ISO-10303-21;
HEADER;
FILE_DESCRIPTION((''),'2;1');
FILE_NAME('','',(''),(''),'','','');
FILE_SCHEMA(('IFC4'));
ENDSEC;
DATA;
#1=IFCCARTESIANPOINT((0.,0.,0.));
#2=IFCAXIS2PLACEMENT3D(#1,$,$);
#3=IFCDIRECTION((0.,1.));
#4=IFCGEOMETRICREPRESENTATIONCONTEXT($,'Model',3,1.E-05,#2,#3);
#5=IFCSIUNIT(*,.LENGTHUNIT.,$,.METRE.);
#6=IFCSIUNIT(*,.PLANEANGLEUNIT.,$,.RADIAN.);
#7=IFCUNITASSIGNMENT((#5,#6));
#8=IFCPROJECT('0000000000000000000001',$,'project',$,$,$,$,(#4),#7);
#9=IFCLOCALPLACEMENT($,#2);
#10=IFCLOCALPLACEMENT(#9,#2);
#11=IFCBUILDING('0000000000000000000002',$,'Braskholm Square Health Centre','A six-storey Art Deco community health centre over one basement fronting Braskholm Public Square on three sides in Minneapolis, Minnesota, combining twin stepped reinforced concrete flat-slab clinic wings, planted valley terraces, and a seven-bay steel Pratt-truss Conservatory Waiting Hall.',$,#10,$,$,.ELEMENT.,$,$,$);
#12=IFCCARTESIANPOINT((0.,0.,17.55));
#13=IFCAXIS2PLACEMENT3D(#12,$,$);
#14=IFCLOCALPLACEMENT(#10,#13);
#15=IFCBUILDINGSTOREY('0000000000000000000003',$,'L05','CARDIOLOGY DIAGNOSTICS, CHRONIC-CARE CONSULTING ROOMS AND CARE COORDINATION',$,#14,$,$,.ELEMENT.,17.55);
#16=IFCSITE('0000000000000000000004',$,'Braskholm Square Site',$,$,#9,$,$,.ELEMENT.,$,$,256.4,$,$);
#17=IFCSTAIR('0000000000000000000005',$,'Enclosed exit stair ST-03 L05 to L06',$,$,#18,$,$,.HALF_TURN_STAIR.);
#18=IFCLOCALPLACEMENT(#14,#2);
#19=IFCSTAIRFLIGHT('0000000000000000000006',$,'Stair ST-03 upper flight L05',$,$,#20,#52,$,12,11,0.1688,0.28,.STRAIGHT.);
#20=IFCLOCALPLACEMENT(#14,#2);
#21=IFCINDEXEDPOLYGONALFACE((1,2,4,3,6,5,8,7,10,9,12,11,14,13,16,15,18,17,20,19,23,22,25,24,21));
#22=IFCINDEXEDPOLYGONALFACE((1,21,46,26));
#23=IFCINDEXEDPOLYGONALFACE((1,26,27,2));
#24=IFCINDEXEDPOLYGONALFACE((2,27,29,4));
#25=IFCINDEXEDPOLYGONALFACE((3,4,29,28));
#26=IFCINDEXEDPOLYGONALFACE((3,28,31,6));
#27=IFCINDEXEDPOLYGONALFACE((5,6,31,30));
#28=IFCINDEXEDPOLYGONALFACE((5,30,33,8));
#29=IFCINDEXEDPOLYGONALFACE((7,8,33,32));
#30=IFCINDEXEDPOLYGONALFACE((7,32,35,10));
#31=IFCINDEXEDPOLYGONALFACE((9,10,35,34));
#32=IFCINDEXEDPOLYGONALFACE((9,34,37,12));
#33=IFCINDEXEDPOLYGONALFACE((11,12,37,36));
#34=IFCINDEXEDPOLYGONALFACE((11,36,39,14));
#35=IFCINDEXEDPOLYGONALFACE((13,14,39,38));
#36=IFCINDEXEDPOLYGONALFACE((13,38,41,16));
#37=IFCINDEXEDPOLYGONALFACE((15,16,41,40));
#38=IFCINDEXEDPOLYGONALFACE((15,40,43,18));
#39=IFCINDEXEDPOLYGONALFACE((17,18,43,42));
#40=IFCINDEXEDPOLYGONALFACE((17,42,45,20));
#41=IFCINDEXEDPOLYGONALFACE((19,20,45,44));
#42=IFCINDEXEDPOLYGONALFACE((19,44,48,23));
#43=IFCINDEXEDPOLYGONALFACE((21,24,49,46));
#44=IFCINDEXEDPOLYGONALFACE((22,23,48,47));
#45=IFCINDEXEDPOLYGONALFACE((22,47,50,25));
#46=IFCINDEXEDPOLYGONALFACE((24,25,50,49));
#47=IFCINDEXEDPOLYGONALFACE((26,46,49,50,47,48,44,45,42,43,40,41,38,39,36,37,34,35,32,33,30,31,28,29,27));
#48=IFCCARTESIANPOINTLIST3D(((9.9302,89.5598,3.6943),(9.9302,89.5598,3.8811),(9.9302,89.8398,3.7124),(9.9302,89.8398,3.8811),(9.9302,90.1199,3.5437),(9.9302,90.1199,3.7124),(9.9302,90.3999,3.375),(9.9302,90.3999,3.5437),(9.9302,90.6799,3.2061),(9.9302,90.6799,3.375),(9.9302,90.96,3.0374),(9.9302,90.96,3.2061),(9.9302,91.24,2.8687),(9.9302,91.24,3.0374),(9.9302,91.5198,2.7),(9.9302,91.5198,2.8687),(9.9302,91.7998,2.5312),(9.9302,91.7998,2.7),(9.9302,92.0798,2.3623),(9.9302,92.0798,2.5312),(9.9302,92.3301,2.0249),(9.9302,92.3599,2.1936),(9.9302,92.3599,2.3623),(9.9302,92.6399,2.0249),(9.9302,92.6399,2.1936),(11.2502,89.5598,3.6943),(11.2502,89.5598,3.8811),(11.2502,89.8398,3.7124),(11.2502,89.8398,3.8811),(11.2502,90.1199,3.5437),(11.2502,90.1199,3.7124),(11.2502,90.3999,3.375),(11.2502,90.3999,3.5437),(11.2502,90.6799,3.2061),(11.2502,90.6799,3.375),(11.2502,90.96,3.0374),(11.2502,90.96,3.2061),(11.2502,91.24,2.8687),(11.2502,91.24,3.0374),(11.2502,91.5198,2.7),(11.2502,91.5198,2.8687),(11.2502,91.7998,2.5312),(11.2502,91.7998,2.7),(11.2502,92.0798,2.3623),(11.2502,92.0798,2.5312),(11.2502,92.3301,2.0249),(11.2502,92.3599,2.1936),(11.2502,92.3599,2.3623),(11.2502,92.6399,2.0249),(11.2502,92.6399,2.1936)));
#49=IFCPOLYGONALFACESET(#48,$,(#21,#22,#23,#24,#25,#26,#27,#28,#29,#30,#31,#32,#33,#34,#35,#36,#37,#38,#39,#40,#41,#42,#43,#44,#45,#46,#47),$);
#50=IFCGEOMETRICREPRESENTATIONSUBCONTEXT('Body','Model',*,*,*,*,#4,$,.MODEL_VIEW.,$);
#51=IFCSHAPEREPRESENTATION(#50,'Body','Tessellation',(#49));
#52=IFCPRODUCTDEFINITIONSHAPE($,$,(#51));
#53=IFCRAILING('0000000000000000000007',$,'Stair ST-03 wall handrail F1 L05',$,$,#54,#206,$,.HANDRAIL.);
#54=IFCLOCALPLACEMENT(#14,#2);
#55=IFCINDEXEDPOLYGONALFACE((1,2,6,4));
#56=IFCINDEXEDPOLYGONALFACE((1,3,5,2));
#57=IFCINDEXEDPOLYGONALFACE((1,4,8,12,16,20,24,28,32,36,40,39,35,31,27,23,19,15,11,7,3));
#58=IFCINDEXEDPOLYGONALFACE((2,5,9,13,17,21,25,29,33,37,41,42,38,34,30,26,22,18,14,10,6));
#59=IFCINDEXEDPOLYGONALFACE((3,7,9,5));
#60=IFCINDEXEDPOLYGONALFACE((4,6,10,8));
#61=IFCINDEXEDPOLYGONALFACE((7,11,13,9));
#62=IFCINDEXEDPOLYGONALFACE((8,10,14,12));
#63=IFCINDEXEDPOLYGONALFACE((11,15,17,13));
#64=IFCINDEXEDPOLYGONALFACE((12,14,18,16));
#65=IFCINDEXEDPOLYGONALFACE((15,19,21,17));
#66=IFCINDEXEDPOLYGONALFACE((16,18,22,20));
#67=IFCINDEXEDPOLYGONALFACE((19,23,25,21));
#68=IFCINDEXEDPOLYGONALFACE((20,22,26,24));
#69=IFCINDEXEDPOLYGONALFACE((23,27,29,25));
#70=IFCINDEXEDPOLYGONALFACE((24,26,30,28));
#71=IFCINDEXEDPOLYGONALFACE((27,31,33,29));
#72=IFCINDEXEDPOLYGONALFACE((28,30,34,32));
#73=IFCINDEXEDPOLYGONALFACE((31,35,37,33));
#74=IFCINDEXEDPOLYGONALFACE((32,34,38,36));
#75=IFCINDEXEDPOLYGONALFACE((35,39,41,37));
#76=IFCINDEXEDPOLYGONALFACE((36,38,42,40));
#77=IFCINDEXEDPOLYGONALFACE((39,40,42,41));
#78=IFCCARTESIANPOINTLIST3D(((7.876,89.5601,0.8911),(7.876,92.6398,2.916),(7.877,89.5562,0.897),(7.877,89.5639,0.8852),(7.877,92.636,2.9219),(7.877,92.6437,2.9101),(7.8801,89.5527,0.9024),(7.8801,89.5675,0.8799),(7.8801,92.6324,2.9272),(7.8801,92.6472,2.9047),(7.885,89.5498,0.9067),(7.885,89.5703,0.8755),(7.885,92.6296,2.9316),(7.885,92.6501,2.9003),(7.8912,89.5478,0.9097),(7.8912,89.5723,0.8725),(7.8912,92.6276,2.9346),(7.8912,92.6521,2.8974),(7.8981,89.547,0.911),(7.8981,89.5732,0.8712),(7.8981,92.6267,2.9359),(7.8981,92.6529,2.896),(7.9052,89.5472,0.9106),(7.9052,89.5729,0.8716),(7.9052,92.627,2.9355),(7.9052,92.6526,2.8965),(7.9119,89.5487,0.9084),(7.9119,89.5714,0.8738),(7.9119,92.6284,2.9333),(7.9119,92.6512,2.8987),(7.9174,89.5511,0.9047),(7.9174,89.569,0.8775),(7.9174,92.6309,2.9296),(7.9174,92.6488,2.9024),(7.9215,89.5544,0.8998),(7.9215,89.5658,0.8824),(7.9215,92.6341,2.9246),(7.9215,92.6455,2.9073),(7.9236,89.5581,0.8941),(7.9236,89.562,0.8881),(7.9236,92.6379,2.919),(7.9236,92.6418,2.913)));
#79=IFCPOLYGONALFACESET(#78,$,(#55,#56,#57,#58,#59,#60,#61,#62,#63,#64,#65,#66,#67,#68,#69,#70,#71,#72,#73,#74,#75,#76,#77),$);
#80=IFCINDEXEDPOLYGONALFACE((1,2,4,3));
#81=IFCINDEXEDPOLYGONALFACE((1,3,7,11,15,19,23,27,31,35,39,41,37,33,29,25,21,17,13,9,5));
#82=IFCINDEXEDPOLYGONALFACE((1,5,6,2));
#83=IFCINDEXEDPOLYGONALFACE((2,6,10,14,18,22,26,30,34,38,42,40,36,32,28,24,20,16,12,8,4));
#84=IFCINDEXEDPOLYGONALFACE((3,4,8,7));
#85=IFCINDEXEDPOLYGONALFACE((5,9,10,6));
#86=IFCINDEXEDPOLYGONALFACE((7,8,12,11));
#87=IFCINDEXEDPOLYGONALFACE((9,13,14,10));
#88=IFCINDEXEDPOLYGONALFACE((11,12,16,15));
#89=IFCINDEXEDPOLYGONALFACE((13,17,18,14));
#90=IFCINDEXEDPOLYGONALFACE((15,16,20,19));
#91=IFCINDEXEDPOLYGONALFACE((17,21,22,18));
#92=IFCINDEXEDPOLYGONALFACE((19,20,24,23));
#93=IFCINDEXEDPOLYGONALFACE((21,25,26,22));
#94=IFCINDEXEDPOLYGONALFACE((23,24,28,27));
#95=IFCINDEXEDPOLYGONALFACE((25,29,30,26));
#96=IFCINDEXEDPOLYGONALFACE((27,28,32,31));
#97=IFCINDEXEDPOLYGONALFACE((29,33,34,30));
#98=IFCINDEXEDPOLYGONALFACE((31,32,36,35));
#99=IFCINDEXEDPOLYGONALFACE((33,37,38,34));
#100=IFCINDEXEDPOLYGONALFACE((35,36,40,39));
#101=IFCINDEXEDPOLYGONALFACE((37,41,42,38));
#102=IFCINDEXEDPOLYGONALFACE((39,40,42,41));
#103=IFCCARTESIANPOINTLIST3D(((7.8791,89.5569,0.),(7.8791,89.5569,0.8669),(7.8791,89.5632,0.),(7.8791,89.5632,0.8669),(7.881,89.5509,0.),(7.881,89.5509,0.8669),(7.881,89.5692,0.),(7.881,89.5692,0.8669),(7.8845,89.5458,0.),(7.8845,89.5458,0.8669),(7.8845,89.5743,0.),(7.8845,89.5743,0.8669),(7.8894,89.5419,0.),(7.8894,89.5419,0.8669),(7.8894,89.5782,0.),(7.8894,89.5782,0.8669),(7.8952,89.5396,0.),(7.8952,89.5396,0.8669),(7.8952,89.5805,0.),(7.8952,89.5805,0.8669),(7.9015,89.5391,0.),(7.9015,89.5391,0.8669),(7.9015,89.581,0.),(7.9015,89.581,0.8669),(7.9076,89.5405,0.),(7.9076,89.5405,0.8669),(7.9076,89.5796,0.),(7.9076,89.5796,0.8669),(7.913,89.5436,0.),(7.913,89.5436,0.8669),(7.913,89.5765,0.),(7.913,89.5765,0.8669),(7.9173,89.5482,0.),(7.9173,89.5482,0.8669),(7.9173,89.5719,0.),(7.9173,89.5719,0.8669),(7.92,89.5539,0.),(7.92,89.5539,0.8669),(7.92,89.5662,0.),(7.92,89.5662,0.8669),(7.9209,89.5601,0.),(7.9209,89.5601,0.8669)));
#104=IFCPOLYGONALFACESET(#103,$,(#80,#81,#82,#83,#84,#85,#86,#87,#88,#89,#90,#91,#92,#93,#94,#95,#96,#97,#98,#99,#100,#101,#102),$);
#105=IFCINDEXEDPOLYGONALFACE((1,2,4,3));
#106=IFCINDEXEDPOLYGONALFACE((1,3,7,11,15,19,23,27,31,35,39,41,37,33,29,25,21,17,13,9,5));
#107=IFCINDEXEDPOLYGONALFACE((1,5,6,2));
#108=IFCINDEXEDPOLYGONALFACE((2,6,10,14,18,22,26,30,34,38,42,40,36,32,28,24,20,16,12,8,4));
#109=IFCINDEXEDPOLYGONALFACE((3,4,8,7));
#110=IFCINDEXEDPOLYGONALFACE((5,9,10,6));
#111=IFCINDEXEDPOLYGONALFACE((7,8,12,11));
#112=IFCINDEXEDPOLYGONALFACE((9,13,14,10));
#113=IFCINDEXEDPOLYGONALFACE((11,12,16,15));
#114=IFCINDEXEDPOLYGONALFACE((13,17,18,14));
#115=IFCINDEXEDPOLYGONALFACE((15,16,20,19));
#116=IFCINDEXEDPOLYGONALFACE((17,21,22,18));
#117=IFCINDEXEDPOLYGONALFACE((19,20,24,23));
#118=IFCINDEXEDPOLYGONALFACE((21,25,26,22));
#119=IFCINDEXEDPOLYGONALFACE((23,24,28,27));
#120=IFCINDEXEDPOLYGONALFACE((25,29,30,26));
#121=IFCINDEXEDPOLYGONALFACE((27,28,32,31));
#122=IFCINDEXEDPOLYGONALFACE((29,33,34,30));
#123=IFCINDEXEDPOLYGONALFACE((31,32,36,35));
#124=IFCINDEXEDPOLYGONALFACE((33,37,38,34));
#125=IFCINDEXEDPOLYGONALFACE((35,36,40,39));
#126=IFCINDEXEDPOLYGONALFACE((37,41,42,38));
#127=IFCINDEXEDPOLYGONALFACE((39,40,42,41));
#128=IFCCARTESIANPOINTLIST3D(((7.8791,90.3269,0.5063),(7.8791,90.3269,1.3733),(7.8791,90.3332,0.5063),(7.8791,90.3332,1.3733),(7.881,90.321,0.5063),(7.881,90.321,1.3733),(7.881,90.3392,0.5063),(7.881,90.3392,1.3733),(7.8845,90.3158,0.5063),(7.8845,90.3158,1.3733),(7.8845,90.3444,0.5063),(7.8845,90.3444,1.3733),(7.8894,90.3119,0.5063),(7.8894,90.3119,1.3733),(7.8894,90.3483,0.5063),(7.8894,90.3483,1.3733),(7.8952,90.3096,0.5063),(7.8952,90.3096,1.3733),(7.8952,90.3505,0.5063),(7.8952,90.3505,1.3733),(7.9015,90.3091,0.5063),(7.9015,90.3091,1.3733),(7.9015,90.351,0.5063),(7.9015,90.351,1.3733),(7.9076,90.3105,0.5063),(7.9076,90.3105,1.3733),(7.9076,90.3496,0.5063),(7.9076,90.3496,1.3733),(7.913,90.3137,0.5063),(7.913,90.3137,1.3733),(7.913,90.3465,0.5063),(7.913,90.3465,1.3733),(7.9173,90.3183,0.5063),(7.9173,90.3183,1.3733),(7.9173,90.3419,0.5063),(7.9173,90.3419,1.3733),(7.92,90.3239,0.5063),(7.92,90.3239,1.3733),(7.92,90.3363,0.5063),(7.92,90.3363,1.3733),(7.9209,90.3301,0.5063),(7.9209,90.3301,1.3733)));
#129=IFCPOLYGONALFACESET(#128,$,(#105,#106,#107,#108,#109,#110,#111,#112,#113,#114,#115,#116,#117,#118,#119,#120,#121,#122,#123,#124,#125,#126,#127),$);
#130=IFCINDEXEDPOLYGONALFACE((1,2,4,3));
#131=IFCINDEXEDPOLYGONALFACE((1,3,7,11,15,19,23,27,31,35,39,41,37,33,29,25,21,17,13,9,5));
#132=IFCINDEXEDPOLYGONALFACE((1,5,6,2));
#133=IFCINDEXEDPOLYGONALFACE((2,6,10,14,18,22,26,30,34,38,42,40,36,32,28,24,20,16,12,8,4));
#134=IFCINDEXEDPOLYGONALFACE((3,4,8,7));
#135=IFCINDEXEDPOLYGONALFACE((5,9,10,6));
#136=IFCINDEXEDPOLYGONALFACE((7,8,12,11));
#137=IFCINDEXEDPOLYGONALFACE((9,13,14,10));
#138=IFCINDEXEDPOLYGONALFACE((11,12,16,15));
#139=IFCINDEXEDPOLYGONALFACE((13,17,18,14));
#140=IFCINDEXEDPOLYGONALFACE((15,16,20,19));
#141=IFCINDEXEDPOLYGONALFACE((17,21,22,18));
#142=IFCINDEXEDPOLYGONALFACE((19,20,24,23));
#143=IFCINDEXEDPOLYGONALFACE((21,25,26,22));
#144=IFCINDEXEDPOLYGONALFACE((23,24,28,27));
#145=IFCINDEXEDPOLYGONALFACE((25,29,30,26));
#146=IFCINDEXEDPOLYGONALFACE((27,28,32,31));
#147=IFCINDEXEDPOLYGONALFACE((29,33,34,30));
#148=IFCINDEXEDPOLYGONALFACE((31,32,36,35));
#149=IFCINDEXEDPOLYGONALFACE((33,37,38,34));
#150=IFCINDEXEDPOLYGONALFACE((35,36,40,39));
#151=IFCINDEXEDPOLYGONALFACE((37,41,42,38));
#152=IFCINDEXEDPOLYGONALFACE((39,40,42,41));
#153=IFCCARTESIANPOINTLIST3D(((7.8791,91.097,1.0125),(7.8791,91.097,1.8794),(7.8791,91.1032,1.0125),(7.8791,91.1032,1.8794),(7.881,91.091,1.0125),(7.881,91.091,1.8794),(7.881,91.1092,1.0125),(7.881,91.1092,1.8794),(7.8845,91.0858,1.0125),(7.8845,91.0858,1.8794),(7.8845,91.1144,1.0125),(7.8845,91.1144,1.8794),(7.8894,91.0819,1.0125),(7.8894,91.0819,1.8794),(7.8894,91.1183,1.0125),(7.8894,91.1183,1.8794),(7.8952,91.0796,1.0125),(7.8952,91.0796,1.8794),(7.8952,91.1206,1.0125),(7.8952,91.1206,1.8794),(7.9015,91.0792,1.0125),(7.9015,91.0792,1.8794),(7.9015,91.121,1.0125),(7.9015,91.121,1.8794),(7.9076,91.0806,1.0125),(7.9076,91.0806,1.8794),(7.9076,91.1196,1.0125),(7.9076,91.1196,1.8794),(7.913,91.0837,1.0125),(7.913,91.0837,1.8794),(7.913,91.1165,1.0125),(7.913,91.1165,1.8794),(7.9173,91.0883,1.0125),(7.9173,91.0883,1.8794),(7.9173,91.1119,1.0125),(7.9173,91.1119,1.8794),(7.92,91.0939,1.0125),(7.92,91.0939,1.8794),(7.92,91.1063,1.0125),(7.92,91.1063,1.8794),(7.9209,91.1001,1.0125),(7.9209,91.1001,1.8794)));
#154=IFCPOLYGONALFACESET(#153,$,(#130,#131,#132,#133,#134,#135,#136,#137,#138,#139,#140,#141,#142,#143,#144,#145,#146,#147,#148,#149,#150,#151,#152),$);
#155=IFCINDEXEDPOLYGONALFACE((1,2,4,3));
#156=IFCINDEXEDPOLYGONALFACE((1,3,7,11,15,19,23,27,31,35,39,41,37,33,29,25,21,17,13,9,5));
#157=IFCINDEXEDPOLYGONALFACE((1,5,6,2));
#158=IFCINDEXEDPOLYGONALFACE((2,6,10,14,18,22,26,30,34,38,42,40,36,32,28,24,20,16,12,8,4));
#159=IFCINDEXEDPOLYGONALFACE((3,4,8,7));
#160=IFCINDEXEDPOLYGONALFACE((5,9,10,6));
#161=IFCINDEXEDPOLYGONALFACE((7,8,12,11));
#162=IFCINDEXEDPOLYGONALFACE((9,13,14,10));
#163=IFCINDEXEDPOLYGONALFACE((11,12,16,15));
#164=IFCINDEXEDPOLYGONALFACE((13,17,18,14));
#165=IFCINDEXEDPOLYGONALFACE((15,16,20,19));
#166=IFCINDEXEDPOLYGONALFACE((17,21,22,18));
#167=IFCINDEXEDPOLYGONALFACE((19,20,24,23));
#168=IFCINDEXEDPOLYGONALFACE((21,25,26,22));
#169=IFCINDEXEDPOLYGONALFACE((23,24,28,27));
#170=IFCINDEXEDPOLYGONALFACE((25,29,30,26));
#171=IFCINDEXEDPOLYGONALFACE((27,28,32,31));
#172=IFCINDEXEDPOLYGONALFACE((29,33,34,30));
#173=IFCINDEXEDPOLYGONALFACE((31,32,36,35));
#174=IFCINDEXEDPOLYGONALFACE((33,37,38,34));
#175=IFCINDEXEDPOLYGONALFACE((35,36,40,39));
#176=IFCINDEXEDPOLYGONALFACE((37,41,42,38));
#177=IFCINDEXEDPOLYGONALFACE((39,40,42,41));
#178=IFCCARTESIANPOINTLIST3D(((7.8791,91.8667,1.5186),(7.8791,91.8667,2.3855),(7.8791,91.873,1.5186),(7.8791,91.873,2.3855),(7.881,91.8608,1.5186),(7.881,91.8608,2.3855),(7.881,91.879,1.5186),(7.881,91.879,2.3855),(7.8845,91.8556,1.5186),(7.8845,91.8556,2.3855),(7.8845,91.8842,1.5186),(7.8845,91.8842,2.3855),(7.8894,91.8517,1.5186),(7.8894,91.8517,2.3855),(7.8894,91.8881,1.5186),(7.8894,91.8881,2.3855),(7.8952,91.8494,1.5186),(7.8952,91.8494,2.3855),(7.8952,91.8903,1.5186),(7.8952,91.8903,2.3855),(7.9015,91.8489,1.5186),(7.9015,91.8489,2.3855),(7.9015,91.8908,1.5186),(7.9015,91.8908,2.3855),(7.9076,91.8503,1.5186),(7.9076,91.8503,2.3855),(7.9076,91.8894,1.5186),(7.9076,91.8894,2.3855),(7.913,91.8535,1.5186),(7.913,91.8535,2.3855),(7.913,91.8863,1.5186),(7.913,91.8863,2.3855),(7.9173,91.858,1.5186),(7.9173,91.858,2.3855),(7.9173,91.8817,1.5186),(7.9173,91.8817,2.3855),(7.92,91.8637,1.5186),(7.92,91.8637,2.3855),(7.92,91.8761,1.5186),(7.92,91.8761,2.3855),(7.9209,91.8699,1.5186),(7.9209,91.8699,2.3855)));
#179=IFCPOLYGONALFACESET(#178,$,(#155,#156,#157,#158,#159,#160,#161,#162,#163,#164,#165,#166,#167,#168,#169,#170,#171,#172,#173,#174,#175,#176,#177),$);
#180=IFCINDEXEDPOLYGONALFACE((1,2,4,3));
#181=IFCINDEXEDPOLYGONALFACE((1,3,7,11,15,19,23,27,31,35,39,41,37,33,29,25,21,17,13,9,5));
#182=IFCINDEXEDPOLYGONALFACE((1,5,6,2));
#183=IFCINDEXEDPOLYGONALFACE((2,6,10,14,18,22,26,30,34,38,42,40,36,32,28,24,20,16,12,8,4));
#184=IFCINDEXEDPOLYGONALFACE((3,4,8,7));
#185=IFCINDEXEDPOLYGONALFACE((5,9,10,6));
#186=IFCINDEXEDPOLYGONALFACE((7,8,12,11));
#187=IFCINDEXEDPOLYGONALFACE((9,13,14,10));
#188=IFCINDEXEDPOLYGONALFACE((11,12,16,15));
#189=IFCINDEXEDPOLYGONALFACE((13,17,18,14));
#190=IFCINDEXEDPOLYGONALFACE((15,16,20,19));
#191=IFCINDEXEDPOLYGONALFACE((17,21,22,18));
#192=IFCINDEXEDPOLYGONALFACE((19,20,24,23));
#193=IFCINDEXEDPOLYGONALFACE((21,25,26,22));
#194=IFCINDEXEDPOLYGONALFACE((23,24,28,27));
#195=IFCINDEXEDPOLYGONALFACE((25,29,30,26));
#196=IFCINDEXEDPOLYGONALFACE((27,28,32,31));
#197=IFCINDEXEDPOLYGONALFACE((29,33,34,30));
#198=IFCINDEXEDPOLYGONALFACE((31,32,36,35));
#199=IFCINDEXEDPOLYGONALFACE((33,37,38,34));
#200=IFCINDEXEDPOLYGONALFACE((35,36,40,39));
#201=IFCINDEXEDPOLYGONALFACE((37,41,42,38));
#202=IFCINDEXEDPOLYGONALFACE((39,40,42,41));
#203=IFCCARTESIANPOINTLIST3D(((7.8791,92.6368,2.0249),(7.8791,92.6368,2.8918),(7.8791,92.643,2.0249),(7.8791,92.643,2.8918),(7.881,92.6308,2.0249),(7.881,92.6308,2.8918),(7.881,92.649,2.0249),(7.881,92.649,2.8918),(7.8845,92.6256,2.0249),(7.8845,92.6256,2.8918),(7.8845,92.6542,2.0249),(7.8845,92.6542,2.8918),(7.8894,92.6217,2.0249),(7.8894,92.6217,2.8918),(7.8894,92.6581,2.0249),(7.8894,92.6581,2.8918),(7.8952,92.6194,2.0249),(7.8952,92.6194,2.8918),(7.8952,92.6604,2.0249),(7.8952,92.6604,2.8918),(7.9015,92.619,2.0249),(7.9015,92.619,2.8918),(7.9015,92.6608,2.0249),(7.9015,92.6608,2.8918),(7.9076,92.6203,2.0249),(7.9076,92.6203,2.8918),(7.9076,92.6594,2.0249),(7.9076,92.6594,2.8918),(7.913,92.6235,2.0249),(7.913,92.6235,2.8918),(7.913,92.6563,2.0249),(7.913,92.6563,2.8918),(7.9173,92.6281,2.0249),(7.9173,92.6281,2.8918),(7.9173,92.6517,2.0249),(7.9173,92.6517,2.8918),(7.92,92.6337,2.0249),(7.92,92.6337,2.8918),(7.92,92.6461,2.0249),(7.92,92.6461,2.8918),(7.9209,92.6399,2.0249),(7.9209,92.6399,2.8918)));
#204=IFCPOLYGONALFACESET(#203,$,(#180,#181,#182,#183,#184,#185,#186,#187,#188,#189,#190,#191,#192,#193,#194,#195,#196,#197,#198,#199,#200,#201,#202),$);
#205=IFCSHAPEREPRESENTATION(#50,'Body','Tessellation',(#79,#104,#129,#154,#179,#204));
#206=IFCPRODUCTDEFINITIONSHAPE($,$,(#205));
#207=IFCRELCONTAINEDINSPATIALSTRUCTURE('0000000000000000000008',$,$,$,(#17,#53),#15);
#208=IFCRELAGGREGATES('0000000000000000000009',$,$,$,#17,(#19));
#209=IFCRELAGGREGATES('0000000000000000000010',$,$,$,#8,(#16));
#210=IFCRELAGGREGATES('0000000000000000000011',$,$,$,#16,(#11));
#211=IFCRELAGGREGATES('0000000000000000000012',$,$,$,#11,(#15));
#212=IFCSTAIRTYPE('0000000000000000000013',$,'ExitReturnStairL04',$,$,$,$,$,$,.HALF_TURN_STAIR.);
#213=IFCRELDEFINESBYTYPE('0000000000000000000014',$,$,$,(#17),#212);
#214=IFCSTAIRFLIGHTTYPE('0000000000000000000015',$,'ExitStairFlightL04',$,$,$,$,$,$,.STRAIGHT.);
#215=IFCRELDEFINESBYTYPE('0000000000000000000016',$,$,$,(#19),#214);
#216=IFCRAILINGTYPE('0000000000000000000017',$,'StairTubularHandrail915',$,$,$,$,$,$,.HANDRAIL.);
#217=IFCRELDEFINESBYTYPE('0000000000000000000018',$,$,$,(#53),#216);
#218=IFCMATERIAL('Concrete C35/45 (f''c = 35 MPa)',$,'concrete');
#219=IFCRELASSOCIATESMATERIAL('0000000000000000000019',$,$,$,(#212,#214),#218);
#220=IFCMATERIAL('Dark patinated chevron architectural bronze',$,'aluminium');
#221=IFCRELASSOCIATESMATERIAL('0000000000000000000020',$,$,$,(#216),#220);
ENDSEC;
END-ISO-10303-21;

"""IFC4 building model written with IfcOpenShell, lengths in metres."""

from ifc_helpers import new_model, si_unit, direction, frame, origin, origin_2d, place, context, subcontext, project, spatial, polyline, circle, outline, extrude, material, type_object, element, aggregate, save


model = new_model("IFC4")

# Units and contexts
model_context = context("Model", 3, precision=1e-05, world=origin(), true_north=direction((0.0, 1.0)))
body_context = subcontext(model_context, "Body", "Model", "MODEL_VIEW")
ifc_project = project(units=[si_unit("LENGTHUNIT", "METRE"), si_unit("PLANEANGLEUNIT", "RADIAN")], contexts=[model_context])

# Site, building, storey
site_placement = place(None, origin())
site = spatial("IfcSite", under=ifc_project, at=site_placement, Name="Braskholm Square Site", CompositionType="ELEMENT", RefElevation=256.4)
building_placement = place(site_placement, origin())
building = spatial("IfcBuilding", under=site, at=building_placement, Name="Braskholm Square Health Centre", Description="A six-storey Art Deco community health centre over one basement fronting Braskholm Public Square on three sides in Minneapolis, Minnesota, combining twin stepped reinforced concrete flat-slab clinic wings, planted valley terraces, and a seven-bay steel Pratt-truss Conservatory Waiting Hall.", CompositionType="ELEMENT")
storey_placement = place(building_placement, frame((0.0, 0.0, 17.55)))
storey = spatial("IfcBuildingStorey", under=building, at=storey_placement, Name="L05", Description="CARDIOLOGY DIAGNOSTICS, CHRONIC-CARE CONSULTING ROOMS AND CARE COORDINATION", CompositionType="ELEMENT", Elevation=17.55)

# Shared definitions
ifc_material_1 = material(Name="Concrete C35/45 (f'c = 35 MPa)", Category="concrete")

# Stair, stair flight
stair_type = type_object("IfcStairType", Name="ExitReturnStairL04", PredefinedType="HALF_TURN_STAIR", material=ifc_material_1)
stair_placement = place(storey_placement, origin())
stair = element("IfcStair", 1, at=stair_placement, inside=storey, type_object=stair_type, Name="Enclosed exit stair ST-03 L05 to L06", PredefinedType="HALF_TURN_STAIR")
stair_flight_type = type_object("IfcStairFlightType", Name="ExitStairFlightL04", PredefinedType="STRAIGHT", material=ifc_material_1)
stair_flight_1_placement = place(storey_placement, frame((10.5901, 92.6399, 2.0249), z_axis=(0.0, 0.0, 1.0), x_axis=(0.0, -1.0, 0.0)))
stair_flight_1 = element("IfcStairFlight", 2, at=stair_flight_1_placement, type_object=stair_flight_type, Name="Stair ST-03 upper flight L05", NumberOfRisers=12, NumberOfTreads=11, PredefinedType="STRAIGHT", RiserHeight=0.1688, TreadLength=0.28, context=body_context, shape_type="SweptSolid", body=[
    extrude(outline(polyline([(0.0, 0.0), (0.0, 0.1687), (0.28, 0.1687), (0.28, 0.3374), (0.5601, 0.3374), (0.5601, 0.5063), (0.8401, 0.5063), (0.8401, 0.675), (1.1201, 0.675), (1.1201, 0.8438), (1.3999, 0.8438), (1.3999, 1.0125), (1.6799, 1.0125), (1.6799, 1.1812), (1.96, 1.1812), (1.96, 1.3501), (2.24, 1.3501), (2.24, 1.5188), (2.52, 1.5188), (2.52, 1.6875), (2.8, 1.6875), (2.8, 1.8562), (3.0801, 1.8562), (3.0801, 2.0249), (3.0801, 1.6694), (0.3098, 0.0), (0.0, 0.0)])), frame((0.0, 0.6602, 0.0), z_axis=(0.0, -1.0, 0.0), x_axis=(1.0, 0.0, 0.0)), (0.0, 0.0, 1.0), 1.3201),
])
aggregate(stair, [stair_flight_1])

# Railing
ifc_material_2 = material(Name="Dark patinated chevron architectural bronze", Category="aluminium")
railing_type_1 = type_object("IfcRailingType", Name="StairTubularHandrail915", PredefinedType="HANDRAIL", material=ifc_material_2)
railing_1_placement = place(storey_placement, frame((7.8999, 89.5601, 0.0)))
element("IfcRailing", 3, at=railing_1_placement, inside=storey, type_object=railing_type_1, Name="Stair ST-03 wall handrail F1 L05", PredefinedType="HANDRAIL", context=body_context, shape_type="SweptSolid", body=[
    extrude(circle(Radius=0.0239, at=origin_2d()), frame((0.0, 0.0, 0.8911), z_axis=(0.0, 0.83558, 0.54937), x_axis=(-1.0, 0.0, 0.0)), (0.0, 0.0, 1.0), 3.6858),
    extrude(circle(Radius=0.021, at=origin_2d()), origin(), (0.0, 0.0, 1.0), 0.8669),
    extrude(circle(Radius=0.021, at=origin_2d()), frame((0.0, 0.77, 0.5063)), (0.0, 0.0, 1.0), 0.8669),
    extrude(circle(Radius=0.021, at=origin_2d()), frame((0.0, 1.54, 1.0125)), (0.0, 0.0, 1.0), 0.8669),
    extrude(circle(Radius=0.021, at=origin_2d()), frame((0.0, 2.3098, 1.5186)), (0.0, 0.0, 1.0), 0.8669),
    extrude(circle(Radius=0.021, at=origin_2d()), frame((0.0, 3.0798, 2.0249)), (0.0, 0.0, 1.0), 0.8669),
])

save(model, "model.ifc")
